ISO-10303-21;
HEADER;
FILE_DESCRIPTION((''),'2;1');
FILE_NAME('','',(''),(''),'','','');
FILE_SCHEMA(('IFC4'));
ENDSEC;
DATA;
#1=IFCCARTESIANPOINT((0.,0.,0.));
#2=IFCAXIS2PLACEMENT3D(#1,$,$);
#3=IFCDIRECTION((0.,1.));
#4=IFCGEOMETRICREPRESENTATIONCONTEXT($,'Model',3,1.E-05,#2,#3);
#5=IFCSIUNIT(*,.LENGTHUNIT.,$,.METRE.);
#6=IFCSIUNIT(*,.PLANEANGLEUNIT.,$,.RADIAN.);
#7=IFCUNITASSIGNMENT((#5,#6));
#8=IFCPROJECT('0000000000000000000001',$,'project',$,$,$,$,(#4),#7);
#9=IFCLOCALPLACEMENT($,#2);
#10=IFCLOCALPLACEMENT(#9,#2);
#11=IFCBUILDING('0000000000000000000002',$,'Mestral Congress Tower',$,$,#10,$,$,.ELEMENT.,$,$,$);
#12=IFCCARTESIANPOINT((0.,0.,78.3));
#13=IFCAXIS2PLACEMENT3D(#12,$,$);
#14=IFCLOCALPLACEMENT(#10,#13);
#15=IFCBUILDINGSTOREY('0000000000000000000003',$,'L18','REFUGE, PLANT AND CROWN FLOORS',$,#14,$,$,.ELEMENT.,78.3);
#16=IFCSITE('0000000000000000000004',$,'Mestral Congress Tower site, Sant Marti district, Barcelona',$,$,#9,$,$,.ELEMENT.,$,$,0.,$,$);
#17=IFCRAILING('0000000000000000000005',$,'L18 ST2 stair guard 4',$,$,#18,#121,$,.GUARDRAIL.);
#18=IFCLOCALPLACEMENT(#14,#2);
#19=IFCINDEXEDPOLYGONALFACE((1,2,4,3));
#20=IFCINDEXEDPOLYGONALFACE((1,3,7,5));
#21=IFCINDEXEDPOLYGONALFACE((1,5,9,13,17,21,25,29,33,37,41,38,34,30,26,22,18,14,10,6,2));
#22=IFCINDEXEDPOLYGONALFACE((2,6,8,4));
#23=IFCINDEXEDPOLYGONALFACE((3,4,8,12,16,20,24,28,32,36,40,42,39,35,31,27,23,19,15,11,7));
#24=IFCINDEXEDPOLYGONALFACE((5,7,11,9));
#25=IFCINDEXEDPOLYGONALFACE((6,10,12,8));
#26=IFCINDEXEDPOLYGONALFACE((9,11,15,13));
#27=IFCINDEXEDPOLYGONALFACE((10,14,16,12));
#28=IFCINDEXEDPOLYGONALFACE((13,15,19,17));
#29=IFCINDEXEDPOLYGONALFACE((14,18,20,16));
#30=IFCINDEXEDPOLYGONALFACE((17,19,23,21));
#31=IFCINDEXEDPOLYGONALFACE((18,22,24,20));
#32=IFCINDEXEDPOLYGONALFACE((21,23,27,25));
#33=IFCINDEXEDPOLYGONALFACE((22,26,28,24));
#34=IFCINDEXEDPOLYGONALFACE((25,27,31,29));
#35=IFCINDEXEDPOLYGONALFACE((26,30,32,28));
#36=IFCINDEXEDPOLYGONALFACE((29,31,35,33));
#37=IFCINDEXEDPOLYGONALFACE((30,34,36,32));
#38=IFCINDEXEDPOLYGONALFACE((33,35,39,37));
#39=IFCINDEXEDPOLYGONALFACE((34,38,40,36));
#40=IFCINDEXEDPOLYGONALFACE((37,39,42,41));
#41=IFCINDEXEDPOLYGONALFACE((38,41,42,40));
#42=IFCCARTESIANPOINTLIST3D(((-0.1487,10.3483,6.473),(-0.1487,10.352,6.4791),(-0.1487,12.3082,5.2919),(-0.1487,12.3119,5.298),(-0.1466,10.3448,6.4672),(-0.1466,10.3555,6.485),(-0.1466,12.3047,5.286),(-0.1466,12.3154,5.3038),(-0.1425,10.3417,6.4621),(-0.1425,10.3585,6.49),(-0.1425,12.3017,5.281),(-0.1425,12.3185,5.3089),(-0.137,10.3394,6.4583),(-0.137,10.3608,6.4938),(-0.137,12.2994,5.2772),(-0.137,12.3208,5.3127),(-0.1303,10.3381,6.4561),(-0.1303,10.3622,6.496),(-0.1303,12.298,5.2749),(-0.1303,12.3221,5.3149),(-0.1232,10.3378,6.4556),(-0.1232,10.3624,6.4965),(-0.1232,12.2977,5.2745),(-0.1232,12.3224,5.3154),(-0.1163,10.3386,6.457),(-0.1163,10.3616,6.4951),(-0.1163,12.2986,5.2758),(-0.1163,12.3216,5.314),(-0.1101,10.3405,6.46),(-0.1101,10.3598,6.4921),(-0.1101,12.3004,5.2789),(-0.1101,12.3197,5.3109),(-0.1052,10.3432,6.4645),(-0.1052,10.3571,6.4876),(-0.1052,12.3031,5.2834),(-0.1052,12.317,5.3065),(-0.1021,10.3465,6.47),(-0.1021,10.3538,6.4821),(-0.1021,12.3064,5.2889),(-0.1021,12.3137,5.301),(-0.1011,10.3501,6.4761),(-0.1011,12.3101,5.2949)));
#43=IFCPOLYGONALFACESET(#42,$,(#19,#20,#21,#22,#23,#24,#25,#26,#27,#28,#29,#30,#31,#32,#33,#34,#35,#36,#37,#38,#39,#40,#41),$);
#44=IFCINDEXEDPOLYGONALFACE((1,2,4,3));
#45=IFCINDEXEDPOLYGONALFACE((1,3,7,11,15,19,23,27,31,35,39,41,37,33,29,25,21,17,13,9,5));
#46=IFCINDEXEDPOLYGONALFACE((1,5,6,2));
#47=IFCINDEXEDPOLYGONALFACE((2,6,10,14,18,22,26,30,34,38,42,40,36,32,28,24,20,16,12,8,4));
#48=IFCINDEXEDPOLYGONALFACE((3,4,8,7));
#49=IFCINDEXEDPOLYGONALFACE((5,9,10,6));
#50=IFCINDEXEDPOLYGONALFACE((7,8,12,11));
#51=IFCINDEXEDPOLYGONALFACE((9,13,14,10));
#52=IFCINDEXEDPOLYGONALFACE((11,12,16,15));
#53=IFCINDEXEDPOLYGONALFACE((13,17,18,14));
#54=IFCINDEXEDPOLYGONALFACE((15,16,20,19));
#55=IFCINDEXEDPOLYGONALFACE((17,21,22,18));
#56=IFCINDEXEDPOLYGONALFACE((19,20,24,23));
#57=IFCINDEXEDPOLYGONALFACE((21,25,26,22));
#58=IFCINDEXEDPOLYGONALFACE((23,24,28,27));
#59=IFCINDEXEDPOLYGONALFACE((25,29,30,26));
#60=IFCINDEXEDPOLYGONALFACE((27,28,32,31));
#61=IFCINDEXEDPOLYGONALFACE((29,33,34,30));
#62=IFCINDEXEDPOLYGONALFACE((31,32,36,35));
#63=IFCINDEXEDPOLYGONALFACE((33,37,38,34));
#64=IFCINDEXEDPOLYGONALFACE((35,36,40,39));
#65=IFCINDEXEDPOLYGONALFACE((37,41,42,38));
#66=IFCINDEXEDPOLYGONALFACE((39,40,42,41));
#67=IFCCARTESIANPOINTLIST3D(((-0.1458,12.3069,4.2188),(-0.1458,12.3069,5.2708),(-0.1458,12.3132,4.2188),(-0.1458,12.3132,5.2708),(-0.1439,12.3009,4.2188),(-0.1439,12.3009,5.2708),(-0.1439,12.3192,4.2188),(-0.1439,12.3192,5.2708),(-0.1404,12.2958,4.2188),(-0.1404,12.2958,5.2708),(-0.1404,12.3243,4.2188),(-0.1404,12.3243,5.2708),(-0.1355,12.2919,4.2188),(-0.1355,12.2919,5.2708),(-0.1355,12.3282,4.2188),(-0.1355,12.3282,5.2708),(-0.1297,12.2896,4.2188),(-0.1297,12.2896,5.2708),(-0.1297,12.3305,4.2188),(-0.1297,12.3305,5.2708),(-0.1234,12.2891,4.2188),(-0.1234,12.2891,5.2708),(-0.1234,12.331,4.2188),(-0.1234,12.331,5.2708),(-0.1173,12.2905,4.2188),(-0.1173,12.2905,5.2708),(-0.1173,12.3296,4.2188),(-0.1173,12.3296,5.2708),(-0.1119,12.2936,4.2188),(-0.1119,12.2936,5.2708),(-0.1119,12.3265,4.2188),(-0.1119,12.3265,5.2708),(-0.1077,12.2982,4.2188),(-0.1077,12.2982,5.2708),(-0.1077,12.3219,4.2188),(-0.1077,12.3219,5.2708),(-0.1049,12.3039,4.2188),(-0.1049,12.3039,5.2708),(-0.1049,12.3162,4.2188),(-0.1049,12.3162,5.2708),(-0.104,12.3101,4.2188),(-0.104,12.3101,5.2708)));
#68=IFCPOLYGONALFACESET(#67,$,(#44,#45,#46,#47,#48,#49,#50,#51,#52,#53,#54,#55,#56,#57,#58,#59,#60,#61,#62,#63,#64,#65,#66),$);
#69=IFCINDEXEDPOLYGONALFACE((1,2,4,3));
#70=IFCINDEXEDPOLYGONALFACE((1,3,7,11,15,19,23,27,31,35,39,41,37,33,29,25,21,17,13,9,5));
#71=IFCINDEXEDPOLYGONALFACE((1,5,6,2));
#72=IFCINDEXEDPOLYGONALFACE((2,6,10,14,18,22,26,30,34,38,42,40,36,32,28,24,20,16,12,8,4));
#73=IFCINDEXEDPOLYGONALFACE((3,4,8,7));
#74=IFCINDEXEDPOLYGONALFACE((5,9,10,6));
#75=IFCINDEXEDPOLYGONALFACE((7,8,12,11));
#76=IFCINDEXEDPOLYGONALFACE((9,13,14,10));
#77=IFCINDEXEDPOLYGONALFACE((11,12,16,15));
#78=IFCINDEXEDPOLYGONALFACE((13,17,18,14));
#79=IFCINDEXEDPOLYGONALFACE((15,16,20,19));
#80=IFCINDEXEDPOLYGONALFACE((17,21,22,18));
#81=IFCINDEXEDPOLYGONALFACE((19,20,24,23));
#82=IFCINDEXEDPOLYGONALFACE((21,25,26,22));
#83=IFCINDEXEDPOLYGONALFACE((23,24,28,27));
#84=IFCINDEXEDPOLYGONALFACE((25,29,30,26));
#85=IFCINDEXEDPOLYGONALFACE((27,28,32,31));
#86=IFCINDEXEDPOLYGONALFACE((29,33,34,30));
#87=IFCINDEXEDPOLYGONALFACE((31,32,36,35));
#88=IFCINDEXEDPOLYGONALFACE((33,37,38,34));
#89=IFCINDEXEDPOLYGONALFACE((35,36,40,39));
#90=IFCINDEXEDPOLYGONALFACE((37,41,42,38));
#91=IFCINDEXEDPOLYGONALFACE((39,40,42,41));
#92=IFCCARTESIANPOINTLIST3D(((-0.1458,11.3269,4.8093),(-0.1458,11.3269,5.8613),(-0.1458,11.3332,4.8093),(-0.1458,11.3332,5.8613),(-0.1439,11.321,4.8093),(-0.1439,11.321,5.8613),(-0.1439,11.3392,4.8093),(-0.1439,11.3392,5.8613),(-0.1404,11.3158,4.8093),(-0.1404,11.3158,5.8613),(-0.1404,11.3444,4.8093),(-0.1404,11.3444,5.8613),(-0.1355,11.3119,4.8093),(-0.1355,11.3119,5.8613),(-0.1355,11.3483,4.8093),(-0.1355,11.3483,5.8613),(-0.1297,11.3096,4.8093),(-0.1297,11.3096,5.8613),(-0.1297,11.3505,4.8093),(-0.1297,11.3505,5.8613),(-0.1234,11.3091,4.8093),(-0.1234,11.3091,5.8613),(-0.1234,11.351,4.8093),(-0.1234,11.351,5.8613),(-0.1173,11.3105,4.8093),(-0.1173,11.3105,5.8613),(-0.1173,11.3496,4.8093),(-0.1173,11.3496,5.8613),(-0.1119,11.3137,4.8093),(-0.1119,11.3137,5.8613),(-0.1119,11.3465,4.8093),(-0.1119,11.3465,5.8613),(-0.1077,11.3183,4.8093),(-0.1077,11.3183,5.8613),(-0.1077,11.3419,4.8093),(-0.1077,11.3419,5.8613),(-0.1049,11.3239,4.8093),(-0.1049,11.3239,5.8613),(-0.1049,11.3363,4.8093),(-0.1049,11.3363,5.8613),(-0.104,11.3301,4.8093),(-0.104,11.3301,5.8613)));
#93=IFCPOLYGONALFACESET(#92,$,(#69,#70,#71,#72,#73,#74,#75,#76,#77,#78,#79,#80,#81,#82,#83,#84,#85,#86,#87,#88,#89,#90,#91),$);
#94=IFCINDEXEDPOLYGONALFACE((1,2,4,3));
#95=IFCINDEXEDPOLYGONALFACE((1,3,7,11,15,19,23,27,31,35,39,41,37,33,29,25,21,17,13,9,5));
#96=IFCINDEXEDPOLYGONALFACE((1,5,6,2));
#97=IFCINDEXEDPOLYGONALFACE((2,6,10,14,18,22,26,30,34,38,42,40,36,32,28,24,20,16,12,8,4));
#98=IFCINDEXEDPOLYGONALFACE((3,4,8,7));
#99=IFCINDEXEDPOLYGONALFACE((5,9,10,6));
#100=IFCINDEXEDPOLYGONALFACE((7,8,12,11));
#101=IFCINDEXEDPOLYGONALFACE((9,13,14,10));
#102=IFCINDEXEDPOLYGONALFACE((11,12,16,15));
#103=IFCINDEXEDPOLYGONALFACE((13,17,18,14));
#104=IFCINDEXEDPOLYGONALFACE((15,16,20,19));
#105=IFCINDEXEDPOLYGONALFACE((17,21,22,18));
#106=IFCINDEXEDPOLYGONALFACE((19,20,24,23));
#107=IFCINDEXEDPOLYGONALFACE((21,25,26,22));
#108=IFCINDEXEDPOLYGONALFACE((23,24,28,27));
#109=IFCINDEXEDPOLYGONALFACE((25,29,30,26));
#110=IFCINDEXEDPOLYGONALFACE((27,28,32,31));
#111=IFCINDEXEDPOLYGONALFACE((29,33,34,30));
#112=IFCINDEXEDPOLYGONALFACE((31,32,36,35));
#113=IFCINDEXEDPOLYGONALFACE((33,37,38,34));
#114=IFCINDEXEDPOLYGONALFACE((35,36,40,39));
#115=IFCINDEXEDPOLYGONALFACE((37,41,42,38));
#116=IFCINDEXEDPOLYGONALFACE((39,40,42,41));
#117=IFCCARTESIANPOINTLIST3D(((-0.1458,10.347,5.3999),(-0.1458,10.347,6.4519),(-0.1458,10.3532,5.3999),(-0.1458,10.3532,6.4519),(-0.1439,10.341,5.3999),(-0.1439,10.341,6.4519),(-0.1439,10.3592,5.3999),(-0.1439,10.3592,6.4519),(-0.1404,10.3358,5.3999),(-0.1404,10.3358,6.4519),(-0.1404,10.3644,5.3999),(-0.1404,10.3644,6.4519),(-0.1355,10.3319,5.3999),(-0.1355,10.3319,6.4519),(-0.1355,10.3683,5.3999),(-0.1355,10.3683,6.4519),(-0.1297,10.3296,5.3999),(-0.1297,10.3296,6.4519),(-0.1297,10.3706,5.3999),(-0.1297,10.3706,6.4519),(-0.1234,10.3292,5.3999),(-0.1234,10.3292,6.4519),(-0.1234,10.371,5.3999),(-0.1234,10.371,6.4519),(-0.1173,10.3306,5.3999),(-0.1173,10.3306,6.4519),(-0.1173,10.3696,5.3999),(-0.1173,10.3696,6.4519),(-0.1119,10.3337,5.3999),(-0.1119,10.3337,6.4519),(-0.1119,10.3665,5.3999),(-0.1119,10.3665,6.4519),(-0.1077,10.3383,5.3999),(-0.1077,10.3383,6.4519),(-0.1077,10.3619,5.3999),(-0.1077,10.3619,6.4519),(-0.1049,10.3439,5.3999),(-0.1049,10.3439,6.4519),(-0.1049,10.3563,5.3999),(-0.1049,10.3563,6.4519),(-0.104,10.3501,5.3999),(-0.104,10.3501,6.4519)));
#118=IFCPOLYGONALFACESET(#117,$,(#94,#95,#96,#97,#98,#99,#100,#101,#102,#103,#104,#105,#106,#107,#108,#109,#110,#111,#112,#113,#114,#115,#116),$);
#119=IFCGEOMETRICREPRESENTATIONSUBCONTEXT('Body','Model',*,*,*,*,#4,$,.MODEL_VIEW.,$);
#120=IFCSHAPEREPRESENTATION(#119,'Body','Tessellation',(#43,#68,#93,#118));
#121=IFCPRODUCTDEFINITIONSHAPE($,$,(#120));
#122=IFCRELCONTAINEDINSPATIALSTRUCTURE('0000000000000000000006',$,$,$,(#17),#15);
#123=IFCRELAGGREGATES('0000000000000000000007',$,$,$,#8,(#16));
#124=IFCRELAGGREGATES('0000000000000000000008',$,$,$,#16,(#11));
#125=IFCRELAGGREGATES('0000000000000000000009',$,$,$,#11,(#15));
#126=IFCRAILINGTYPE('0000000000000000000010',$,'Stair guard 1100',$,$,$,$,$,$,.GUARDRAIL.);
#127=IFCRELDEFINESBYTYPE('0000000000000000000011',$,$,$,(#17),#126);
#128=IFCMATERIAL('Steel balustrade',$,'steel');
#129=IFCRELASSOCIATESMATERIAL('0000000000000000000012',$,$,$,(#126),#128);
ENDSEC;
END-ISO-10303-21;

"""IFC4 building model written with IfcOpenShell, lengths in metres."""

from ifc_helpers import new_model, si_unit, direction, frame, origin, origin_2d, place, context, subcontext, project, spatial, circle, extrude, material, type_object, element, save


model = new_model("IFC4")

# Units and contexts
model_context = context("Model", 3, precision=1e-05, world=origin(), true_north=direction((0.0, 1.0)))
body_context = subcontext(model_context, "Body", "Model", "MODEL_VIEW")
ifc_project = project(units=[si_unit("LENGTHUNIT", "METRE"), si_unit("PLANEANGLEUNIT", "RADIAN")], contexts=[model_context])

# Site, building, storey
site_placement = place(None, origin())
site = spatial("IfcSite", under=ifc_project, at=site_placement, Name="Mestral Congress Tower site, Sant Marti district, Barcelona", CompositionType="ELEMENT", RefElevation=0.0)
building_placement = place(site_placement, origin())
building = spatial("IfcBuilding", under=site, at=building_placement, Name="Mestral Congress Tower", CompositionType="ELEMENT")
storey_placement = place(building_placement, frame((0.0, 0.0, 78.3)))
storey = spatial("IfcBuildingStorey", under=building, at=storey_placement, Name="L18", Description="REFUGE, PLANT AND CROWN FLOORS", CompositionType="ELEMENT", Elevation=78.3)

# Railing
ifc_material_1 = material(Name="Steel balustrade", Category="steel")
railing_type = type_object("IfcRailingType", Name="Stair guard 1100", PredefinedType="GUARDRAIL", material=ifc_material_1)
railing_1_placement = place(storey_placement, frame((-0.125, 12.3101, 4.2188)))
element("IfcRailing", 1, at=railing_1_placement, inside=storey, type_object=railing_type, Name="L18 ST2 stair guard 4", PredefinedType="GUARDRAIL", context=body_context, shape_type="SweptSolid", body=[
    extrude(circle(Radius=0.0239, at=origin_2d()), frame((0.0, 0.0, 1.0762), z_axis=(0.0, -0.856493, 0.516158), x_axis=(1.0, 0.0, 0.0)), (0.0, 0.0, 1.0), 2.2883),
    extrude(circle(Radius=0.021, at=origin_2d()), origin(), (0.0, 0.0, 1.0), 1.052),
    extrude(circle(Radius=0.021, at=origin_2d()), frame((0.0, -0.98, 0.5906)), (0.0, 0.0, 1.0), 1.052),
    extrude(circle(Radius=0.021, at=origin_2d()), frame((0.0, -1.96, 1.1812)), (0.0, 0.0, 1.0), 1.052),
])

save(model, "model.ifc")
